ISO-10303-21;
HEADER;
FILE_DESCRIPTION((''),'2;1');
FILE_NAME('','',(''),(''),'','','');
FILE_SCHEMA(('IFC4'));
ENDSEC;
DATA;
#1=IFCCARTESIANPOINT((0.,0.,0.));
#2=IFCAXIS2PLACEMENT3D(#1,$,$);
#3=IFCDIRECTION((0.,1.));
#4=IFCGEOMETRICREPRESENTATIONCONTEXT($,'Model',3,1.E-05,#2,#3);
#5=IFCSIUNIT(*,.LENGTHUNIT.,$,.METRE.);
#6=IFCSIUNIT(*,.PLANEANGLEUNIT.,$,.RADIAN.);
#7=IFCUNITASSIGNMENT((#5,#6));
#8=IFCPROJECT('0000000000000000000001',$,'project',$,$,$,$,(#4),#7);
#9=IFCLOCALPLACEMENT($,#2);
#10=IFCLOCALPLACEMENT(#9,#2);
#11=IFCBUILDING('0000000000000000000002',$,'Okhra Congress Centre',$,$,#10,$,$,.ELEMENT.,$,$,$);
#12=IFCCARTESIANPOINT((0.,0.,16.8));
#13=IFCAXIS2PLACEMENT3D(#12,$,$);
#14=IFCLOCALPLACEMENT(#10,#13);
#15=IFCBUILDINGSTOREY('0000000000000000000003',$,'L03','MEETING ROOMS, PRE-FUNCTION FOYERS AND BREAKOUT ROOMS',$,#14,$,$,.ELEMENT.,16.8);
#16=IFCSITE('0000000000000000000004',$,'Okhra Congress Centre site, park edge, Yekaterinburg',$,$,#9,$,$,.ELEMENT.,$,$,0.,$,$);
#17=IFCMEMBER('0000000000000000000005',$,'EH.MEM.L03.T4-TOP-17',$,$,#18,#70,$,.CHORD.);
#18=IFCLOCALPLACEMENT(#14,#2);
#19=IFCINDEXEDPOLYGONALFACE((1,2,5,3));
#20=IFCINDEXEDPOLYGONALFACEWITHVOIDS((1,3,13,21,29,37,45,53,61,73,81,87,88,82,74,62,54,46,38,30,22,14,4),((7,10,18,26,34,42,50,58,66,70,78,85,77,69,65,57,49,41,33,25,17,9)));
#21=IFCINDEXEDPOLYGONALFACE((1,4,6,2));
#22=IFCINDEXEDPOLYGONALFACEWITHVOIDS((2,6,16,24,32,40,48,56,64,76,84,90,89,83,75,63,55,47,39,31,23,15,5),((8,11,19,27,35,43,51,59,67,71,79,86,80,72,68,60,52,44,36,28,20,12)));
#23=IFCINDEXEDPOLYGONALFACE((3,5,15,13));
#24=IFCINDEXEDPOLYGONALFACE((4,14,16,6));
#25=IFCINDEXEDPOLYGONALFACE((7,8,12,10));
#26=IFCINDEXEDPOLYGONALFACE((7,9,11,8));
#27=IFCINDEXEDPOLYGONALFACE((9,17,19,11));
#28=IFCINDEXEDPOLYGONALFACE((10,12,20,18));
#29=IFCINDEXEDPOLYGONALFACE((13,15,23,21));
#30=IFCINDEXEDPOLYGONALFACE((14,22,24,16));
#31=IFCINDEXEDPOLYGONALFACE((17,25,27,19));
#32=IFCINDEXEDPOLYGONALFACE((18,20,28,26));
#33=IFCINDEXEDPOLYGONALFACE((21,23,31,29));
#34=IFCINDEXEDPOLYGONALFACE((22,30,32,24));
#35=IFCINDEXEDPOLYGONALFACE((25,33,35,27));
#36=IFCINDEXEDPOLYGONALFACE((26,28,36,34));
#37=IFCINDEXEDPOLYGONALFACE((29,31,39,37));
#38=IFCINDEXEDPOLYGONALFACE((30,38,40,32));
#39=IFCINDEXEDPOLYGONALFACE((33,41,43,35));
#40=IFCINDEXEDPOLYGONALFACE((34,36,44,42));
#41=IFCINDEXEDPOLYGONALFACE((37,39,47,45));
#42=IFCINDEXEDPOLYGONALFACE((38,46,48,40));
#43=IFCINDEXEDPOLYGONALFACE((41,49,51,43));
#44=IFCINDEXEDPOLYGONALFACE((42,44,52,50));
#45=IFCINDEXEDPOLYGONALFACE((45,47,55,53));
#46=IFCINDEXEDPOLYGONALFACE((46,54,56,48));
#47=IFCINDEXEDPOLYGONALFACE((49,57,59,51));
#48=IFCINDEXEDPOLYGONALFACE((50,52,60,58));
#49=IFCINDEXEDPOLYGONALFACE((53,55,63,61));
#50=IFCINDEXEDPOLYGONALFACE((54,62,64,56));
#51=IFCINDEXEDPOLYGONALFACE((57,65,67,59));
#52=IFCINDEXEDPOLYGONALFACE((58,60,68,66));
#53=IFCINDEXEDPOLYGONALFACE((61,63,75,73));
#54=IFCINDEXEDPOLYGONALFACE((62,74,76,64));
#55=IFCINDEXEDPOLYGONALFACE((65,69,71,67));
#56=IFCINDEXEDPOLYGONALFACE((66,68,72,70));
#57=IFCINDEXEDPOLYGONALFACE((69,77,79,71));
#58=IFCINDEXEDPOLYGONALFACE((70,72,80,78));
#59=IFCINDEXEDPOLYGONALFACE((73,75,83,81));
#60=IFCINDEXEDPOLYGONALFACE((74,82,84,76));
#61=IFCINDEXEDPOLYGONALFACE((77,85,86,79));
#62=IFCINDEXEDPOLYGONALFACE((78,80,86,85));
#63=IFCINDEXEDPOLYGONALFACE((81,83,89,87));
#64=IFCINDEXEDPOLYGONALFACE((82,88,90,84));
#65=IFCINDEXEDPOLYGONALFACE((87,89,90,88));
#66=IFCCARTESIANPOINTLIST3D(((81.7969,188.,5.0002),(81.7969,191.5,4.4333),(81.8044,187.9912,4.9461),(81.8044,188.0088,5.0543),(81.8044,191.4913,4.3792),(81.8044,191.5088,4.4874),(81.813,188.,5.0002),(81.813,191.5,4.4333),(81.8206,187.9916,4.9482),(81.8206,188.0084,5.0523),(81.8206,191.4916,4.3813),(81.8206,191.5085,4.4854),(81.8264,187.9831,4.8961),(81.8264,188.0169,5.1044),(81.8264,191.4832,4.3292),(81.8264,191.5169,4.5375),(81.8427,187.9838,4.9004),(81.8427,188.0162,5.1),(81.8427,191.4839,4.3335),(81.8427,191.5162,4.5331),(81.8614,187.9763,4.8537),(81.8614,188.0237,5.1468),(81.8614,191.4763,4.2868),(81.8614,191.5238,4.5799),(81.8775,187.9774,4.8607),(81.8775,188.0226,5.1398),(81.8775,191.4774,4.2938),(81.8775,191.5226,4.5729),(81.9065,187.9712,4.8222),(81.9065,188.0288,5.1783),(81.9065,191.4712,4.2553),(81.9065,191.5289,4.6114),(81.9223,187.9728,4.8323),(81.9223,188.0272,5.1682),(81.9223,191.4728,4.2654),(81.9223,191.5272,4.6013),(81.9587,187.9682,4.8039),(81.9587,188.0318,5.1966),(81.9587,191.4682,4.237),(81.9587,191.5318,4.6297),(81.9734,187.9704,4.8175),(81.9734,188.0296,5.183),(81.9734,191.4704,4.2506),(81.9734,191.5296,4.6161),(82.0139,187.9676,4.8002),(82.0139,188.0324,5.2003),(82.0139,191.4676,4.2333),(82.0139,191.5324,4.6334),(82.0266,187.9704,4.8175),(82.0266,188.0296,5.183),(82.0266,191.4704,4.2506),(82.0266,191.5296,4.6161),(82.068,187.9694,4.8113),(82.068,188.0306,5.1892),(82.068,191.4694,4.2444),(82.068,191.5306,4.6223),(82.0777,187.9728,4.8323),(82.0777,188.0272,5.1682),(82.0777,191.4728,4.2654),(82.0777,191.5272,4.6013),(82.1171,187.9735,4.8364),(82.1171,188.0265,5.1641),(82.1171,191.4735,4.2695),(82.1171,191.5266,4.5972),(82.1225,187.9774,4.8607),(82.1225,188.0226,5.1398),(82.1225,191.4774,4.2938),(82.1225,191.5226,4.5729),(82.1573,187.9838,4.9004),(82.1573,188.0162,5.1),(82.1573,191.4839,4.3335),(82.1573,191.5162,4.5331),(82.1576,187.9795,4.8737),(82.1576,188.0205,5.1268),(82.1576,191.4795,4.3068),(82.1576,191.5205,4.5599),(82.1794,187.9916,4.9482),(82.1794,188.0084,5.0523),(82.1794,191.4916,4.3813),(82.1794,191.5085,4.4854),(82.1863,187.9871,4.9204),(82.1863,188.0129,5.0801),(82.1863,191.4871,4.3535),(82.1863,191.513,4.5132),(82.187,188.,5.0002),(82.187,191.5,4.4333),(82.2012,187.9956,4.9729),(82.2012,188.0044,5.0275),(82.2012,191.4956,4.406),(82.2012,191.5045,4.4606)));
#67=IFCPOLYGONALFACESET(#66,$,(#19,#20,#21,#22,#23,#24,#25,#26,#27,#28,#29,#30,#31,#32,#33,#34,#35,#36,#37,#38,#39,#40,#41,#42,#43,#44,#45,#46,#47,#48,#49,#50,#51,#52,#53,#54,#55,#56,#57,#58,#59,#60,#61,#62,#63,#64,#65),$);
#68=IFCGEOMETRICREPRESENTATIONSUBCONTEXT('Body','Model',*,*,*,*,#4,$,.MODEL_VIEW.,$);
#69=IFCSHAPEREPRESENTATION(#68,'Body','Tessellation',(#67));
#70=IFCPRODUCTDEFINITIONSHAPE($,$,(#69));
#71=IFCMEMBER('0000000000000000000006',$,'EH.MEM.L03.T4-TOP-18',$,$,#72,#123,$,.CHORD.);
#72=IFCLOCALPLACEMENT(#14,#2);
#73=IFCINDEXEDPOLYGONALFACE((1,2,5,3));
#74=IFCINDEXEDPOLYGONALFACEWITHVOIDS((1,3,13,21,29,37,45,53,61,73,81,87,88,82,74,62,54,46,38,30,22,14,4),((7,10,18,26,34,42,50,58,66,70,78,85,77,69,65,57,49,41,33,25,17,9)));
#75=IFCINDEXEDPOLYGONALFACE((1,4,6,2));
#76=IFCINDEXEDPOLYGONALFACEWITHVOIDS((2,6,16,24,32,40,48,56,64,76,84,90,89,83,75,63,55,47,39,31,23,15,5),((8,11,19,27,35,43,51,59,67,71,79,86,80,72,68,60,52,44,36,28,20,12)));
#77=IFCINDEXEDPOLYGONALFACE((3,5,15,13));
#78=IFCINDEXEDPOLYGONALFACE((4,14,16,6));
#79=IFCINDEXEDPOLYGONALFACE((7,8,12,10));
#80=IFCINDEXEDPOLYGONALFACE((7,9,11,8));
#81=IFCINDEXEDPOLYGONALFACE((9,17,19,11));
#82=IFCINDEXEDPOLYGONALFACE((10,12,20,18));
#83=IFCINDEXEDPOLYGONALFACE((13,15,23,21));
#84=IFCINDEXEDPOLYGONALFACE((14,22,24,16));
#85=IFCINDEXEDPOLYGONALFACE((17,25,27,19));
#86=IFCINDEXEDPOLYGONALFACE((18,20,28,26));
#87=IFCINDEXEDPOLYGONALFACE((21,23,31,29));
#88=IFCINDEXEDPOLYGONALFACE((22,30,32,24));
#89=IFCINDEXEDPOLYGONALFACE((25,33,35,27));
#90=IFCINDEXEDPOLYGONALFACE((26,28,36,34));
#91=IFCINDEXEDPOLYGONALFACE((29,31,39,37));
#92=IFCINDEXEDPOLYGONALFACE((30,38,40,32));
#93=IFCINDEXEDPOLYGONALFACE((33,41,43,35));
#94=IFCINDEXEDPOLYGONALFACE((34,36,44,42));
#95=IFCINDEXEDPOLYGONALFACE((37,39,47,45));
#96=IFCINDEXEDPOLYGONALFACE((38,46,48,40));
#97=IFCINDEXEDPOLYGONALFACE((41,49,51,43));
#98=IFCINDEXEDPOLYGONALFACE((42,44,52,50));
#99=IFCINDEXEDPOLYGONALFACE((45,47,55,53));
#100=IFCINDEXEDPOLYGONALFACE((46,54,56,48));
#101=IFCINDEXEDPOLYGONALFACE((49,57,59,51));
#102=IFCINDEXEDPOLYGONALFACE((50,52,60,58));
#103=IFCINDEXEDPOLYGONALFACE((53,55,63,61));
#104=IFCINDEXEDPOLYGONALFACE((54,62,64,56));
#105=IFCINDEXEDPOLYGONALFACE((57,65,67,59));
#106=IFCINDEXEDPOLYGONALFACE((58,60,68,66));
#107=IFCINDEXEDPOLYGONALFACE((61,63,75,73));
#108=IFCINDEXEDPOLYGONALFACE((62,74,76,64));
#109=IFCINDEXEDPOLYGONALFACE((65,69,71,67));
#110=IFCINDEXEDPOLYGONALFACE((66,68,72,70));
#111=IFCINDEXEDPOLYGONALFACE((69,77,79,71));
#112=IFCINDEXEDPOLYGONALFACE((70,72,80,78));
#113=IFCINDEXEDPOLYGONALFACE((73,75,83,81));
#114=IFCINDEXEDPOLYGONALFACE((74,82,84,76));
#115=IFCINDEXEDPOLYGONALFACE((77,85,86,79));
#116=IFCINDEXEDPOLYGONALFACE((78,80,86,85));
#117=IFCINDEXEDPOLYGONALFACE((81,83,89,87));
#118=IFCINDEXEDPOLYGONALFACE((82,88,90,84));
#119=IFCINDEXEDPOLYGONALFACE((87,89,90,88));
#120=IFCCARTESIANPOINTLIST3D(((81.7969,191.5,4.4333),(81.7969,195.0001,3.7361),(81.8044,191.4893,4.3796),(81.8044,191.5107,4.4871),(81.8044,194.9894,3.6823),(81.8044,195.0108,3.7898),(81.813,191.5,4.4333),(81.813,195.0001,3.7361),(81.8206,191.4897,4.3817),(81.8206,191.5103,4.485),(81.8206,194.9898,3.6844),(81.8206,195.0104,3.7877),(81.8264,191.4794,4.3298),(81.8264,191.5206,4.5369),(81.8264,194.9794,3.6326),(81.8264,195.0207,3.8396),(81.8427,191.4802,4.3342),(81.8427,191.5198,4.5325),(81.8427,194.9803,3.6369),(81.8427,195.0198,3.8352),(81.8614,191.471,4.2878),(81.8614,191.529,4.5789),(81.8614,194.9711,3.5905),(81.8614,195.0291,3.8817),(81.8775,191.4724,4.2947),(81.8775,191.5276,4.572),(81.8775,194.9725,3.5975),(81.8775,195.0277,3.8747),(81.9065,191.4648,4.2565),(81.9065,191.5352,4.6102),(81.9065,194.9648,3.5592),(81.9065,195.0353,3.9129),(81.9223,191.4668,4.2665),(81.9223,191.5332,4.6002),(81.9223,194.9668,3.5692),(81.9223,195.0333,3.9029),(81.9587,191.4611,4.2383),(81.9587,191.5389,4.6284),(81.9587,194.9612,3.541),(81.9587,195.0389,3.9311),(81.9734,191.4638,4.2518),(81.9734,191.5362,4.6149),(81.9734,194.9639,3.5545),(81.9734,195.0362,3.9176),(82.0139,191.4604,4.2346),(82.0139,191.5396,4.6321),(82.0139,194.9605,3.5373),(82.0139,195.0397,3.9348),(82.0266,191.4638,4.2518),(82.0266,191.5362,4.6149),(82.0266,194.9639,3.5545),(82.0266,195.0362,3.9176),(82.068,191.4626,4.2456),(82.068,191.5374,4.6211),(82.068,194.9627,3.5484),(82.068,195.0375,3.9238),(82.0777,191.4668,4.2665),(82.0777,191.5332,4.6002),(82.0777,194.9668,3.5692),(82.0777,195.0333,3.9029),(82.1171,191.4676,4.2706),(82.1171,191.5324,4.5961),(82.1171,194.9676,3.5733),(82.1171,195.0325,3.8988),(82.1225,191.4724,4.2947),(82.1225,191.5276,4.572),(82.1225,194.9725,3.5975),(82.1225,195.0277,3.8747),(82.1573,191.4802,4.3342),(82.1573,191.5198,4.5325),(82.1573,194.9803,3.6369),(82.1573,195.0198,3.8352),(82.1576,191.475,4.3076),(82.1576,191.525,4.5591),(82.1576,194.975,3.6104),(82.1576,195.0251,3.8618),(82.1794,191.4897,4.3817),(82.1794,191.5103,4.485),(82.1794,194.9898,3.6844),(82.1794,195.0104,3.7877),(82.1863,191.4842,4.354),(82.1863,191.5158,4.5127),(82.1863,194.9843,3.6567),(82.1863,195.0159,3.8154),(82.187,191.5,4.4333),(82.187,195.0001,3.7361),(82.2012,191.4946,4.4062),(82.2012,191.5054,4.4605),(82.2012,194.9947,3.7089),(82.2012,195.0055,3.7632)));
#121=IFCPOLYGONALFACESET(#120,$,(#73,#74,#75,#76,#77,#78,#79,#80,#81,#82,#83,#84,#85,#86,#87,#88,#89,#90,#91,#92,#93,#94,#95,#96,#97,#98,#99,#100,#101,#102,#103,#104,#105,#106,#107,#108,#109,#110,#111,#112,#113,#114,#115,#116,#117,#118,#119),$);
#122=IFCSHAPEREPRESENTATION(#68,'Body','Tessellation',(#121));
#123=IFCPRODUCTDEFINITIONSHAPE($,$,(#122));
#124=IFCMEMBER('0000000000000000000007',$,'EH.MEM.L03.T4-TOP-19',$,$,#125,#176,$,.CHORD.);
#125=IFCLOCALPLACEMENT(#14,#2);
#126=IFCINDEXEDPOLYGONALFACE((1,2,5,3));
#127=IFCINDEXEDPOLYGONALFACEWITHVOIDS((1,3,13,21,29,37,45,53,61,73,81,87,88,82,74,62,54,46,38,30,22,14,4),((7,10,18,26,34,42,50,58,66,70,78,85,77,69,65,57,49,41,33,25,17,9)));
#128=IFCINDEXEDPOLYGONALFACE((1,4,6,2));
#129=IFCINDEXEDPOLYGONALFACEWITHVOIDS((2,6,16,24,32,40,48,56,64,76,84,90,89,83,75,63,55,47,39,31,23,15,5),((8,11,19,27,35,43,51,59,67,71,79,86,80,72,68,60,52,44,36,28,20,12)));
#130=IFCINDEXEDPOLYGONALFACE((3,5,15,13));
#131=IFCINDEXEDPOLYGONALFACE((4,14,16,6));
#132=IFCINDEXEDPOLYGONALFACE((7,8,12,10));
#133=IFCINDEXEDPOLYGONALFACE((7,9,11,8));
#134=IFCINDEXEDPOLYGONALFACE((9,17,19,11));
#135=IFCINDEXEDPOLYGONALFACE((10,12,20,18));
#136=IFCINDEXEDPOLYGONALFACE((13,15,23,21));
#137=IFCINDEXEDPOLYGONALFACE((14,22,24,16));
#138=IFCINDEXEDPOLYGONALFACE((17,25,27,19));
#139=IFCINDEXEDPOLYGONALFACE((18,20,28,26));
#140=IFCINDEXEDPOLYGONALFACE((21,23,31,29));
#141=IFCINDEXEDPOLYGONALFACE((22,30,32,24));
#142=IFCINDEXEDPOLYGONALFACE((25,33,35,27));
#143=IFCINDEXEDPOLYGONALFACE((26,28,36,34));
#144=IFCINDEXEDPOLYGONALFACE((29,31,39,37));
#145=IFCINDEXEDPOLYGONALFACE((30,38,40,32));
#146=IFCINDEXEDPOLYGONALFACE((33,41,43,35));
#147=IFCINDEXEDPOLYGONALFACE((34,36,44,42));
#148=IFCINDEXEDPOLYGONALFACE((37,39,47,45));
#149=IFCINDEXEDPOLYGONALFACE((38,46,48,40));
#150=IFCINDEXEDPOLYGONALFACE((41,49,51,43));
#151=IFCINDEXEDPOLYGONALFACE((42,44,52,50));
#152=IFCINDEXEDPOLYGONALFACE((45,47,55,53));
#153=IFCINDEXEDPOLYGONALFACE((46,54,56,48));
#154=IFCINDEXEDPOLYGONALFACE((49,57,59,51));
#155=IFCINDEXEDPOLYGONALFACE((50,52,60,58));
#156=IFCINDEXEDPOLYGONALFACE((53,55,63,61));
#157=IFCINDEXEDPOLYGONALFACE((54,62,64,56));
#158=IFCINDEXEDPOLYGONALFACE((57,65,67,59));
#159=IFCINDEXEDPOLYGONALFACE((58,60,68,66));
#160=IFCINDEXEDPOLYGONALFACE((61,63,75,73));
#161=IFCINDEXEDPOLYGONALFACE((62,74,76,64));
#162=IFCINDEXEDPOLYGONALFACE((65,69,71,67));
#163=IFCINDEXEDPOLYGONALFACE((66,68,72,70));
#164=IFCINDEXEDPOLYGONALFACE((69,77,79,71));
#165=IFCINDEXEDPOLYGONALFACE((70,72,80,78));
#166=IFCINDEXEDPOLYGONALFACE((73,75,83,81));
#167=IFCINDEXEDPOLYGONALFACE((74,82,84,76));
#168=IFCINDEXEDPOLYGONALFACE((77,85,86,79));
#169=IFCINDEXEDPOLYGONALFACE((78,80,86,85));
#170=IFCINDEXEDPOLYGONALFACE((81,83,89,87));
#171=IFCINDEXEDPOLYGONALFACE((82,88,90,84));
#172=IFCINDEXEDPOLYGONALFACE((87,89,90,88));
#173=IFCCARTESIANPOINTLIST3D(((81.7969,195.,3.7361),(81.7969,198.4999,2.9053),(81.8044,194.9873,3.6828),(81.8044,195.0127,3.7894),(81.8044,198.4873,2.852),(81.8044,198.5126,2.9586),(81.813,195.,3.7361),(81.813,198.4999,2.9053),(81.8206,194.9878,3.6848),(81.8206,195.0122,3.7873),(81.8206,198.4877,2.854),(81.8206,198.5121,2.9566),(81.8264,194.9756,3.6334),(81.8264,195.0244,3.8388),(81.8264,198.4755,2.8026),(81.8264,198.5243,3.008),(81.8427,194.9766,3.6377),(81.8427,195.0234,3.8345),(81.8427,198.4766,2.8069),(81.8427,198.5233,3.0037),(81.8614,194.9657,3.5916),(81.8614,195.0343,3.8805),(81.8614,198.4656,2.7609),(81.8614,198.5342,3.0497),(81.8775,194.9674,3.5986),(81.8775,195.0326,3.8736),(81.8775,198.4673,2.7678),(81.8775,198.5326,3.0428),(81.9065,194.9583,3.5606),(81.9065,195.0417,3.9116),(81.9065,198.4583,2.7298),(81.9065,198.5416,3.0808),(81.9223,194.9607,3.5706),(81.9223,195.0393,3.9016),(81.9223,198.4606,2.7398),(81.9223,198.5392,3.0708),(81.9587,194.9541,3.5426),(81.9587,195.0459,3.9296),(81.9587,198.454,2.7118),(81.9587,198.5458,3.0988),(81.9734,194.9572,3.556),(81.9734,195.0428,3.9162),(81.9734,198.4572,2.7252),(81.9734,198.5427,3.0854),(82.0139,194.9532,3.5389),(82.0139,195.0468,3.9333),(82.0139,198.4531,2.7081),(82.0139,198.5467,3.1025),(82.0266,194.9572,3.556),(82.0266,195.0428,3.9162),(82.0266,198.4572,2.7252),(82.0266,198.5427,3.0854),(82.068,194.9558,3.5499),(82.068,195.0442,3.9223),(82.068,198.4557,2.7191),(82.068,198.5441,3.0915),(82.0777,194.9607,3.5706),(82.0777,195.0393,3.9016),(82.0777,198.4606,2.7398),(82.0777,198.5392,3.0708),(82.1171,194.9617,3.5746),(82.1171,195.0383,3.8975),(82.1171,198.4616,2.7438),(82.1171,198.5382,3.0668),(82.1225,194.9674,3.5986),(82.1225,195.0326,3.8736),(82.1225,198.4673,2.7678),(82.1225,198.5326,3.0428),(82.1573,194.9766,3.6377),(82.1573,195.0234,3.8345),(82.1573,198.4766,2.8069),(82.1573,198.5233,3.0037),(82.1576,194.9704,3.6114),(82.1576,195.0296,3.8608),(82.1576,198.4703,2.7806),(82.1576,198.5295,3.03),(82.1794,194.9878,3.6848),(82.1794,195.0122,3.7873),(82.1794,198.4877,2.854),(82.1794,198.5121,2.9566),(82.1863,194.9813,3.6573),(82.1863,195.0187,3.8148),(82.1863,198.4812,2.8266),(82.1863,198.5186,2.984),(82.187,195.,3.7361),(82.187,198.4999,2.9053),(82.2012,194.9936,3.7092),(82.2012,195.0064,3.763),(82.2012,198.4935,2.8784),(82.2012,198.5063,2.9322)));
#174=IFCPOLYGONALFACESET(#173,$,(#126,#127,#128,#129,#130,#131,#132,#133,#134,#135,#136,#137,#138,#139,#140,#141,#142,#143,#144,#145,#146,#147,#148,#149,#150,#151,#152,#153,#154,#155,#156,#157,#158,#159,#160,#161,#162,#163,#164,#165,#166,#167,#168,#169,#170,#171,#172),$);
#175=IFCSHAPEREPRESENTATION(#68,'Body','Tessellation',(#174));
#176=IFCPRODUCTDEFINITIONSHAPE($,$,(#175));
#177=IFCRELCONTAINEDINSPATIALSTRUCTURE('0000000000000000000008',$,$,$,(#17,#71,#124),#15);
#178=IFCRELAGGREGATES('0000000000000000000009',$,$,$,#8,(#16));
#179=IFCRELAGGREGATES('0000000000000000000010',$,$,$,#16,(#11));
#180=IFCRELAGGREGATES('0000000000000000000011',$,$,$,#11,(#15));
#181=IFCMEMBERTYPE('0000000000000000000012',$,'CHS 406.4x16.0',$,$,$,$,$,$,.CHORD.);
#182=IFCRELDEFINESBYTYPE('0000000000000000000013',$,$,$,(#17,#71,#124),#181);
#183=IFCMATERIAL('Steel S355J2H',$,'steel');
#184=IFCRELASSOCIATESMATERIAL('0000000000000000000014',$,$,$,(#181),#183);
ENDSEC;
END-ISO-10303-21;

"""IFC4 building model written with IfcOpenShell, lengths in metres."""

from ifc_helpers import new_model, si_unit, direction, frame, origin, origin_2d, place, context, subcontext, project, spatial, hollow_circle, extrude, material, material_profile, profile_set, type_object, element, save


model = new_model("IFC4")

# Units and contexts
model_context = context("Model", 3, precision=1e-05, world=origin(), true_north=direction((0.0, 1.0)))
body_context = subcontext(model_context, "Body", "Model", "MODEL_VIEW")
ifc_project = project(units=[si_unit("LENGTHUNIT", "METRE"), si_unit("PLANEANGLEUNIT", "RADIAN")], contexts=[model_context])

# Site, building, storey
site_placement = place(None, origin())
site = spatial("IfcSite", under=ifc_project, at=site_placement, Name="Okhra Congress Centre site, park edge, Yekaterinburg", CompositionType="ELEMENT", RefElevation=0.0)
building_placement = place(site_placement, origin())
building = spatial("IfcBuilding", under=site, at=building_placement, Name="Okhra Congress Centre", CompositionType="ELEMENT")
storey_placement = place(building_placement, frame((0.0, 0.0, 16.8)))
storey = spatial("IfcBuildingStorey", under=building, at=storey_placement, Name="L03", Description="MEETING ROOMS, PRE-FUNCTION FOYERS AND BREAKOUT ROOMS", CompositionType="ELEMENT", Elevation=16.8)

# Members
ifc_material_1 = material(Name="Steel S355J2H", Category="steel")
ifc_material_profile_1 = material_profile(ifc_material_1, hollow_circle(Radius=0.2031, WallThickness=0.0161, at=origin_2d()), Name="CHS 406.4x16.0")
ifc_profile_set_1 = profile_set([ifc_material_profile_1], Name="Steel S355J2H")
member_type_1 = type_object("IfcMemberType", Name="CHS 406.4x16.0", PredefinedType="CHORD", material=ifc_profile_set_1)
member_1_placement = place(storey_placement, frame((82.0, 188.0, 5.0002), z_axis=(0.0, 0.987135, -0.159886), x_axis=(-1.0, 0.0, 0.0)))
element("IfcMember", 1, at=member_1_placement, inside=storey, type_object=member_type_1, Name="EH.MEM.L03.T4-TOP-17", PredefinedType="CHORD", context=body_context, shape_type="SweptSolid", body=[
    extrude(hollow_circle(Radius=0.2031, WallThickness=0.0161, at=origin_2d()), origin(), (0.0, 0.0, 1.0), 3.5457),
])
member_2_placement = place(storey_placement, frame((82.0, 191.5, 4.4333), z_axis=(0.0, 0.980728, -0.195379), x_axis=(-1.0, 0.0, 0.0)))
element("IfcMember", 2, at=member_2_placement, inside=storey, type_object=member_type_1, Name="EH.MEM.L03.T4-TOP-18", PredefinedType="CHORD", context=body_context, shape_type="SweptSolid", body=[
    extrude(hollow_circle(Radius=0.2031, WallThickness=0.0161, at=origin_2d()), origin(), (0.0, 0.0, 1.0), 3.5688),
])
member_3_placement = place(storey_placement, frame((82.0, 195.0, 3.7361), z_axis=(0.0, 0.972964, -0.230957), x_axis=(-1.0, 0.0, 0.0)))
element("IfcMember", 3, at=member_3_placement, inside=storey, type_object=member_type_1, Name="EH.MEM.L03.T4-TOP-19", PredefinedType="CHORD", context=body_context, shape_type="SweptSolid", body=[
    extrude(hollow_circle(Radius=0.2031, WallThickness=0.0161, at=origin_2d()), origin(), (0.0, 0.0, 1.0), 3.5972),
])

save(model, "model.ifc")
